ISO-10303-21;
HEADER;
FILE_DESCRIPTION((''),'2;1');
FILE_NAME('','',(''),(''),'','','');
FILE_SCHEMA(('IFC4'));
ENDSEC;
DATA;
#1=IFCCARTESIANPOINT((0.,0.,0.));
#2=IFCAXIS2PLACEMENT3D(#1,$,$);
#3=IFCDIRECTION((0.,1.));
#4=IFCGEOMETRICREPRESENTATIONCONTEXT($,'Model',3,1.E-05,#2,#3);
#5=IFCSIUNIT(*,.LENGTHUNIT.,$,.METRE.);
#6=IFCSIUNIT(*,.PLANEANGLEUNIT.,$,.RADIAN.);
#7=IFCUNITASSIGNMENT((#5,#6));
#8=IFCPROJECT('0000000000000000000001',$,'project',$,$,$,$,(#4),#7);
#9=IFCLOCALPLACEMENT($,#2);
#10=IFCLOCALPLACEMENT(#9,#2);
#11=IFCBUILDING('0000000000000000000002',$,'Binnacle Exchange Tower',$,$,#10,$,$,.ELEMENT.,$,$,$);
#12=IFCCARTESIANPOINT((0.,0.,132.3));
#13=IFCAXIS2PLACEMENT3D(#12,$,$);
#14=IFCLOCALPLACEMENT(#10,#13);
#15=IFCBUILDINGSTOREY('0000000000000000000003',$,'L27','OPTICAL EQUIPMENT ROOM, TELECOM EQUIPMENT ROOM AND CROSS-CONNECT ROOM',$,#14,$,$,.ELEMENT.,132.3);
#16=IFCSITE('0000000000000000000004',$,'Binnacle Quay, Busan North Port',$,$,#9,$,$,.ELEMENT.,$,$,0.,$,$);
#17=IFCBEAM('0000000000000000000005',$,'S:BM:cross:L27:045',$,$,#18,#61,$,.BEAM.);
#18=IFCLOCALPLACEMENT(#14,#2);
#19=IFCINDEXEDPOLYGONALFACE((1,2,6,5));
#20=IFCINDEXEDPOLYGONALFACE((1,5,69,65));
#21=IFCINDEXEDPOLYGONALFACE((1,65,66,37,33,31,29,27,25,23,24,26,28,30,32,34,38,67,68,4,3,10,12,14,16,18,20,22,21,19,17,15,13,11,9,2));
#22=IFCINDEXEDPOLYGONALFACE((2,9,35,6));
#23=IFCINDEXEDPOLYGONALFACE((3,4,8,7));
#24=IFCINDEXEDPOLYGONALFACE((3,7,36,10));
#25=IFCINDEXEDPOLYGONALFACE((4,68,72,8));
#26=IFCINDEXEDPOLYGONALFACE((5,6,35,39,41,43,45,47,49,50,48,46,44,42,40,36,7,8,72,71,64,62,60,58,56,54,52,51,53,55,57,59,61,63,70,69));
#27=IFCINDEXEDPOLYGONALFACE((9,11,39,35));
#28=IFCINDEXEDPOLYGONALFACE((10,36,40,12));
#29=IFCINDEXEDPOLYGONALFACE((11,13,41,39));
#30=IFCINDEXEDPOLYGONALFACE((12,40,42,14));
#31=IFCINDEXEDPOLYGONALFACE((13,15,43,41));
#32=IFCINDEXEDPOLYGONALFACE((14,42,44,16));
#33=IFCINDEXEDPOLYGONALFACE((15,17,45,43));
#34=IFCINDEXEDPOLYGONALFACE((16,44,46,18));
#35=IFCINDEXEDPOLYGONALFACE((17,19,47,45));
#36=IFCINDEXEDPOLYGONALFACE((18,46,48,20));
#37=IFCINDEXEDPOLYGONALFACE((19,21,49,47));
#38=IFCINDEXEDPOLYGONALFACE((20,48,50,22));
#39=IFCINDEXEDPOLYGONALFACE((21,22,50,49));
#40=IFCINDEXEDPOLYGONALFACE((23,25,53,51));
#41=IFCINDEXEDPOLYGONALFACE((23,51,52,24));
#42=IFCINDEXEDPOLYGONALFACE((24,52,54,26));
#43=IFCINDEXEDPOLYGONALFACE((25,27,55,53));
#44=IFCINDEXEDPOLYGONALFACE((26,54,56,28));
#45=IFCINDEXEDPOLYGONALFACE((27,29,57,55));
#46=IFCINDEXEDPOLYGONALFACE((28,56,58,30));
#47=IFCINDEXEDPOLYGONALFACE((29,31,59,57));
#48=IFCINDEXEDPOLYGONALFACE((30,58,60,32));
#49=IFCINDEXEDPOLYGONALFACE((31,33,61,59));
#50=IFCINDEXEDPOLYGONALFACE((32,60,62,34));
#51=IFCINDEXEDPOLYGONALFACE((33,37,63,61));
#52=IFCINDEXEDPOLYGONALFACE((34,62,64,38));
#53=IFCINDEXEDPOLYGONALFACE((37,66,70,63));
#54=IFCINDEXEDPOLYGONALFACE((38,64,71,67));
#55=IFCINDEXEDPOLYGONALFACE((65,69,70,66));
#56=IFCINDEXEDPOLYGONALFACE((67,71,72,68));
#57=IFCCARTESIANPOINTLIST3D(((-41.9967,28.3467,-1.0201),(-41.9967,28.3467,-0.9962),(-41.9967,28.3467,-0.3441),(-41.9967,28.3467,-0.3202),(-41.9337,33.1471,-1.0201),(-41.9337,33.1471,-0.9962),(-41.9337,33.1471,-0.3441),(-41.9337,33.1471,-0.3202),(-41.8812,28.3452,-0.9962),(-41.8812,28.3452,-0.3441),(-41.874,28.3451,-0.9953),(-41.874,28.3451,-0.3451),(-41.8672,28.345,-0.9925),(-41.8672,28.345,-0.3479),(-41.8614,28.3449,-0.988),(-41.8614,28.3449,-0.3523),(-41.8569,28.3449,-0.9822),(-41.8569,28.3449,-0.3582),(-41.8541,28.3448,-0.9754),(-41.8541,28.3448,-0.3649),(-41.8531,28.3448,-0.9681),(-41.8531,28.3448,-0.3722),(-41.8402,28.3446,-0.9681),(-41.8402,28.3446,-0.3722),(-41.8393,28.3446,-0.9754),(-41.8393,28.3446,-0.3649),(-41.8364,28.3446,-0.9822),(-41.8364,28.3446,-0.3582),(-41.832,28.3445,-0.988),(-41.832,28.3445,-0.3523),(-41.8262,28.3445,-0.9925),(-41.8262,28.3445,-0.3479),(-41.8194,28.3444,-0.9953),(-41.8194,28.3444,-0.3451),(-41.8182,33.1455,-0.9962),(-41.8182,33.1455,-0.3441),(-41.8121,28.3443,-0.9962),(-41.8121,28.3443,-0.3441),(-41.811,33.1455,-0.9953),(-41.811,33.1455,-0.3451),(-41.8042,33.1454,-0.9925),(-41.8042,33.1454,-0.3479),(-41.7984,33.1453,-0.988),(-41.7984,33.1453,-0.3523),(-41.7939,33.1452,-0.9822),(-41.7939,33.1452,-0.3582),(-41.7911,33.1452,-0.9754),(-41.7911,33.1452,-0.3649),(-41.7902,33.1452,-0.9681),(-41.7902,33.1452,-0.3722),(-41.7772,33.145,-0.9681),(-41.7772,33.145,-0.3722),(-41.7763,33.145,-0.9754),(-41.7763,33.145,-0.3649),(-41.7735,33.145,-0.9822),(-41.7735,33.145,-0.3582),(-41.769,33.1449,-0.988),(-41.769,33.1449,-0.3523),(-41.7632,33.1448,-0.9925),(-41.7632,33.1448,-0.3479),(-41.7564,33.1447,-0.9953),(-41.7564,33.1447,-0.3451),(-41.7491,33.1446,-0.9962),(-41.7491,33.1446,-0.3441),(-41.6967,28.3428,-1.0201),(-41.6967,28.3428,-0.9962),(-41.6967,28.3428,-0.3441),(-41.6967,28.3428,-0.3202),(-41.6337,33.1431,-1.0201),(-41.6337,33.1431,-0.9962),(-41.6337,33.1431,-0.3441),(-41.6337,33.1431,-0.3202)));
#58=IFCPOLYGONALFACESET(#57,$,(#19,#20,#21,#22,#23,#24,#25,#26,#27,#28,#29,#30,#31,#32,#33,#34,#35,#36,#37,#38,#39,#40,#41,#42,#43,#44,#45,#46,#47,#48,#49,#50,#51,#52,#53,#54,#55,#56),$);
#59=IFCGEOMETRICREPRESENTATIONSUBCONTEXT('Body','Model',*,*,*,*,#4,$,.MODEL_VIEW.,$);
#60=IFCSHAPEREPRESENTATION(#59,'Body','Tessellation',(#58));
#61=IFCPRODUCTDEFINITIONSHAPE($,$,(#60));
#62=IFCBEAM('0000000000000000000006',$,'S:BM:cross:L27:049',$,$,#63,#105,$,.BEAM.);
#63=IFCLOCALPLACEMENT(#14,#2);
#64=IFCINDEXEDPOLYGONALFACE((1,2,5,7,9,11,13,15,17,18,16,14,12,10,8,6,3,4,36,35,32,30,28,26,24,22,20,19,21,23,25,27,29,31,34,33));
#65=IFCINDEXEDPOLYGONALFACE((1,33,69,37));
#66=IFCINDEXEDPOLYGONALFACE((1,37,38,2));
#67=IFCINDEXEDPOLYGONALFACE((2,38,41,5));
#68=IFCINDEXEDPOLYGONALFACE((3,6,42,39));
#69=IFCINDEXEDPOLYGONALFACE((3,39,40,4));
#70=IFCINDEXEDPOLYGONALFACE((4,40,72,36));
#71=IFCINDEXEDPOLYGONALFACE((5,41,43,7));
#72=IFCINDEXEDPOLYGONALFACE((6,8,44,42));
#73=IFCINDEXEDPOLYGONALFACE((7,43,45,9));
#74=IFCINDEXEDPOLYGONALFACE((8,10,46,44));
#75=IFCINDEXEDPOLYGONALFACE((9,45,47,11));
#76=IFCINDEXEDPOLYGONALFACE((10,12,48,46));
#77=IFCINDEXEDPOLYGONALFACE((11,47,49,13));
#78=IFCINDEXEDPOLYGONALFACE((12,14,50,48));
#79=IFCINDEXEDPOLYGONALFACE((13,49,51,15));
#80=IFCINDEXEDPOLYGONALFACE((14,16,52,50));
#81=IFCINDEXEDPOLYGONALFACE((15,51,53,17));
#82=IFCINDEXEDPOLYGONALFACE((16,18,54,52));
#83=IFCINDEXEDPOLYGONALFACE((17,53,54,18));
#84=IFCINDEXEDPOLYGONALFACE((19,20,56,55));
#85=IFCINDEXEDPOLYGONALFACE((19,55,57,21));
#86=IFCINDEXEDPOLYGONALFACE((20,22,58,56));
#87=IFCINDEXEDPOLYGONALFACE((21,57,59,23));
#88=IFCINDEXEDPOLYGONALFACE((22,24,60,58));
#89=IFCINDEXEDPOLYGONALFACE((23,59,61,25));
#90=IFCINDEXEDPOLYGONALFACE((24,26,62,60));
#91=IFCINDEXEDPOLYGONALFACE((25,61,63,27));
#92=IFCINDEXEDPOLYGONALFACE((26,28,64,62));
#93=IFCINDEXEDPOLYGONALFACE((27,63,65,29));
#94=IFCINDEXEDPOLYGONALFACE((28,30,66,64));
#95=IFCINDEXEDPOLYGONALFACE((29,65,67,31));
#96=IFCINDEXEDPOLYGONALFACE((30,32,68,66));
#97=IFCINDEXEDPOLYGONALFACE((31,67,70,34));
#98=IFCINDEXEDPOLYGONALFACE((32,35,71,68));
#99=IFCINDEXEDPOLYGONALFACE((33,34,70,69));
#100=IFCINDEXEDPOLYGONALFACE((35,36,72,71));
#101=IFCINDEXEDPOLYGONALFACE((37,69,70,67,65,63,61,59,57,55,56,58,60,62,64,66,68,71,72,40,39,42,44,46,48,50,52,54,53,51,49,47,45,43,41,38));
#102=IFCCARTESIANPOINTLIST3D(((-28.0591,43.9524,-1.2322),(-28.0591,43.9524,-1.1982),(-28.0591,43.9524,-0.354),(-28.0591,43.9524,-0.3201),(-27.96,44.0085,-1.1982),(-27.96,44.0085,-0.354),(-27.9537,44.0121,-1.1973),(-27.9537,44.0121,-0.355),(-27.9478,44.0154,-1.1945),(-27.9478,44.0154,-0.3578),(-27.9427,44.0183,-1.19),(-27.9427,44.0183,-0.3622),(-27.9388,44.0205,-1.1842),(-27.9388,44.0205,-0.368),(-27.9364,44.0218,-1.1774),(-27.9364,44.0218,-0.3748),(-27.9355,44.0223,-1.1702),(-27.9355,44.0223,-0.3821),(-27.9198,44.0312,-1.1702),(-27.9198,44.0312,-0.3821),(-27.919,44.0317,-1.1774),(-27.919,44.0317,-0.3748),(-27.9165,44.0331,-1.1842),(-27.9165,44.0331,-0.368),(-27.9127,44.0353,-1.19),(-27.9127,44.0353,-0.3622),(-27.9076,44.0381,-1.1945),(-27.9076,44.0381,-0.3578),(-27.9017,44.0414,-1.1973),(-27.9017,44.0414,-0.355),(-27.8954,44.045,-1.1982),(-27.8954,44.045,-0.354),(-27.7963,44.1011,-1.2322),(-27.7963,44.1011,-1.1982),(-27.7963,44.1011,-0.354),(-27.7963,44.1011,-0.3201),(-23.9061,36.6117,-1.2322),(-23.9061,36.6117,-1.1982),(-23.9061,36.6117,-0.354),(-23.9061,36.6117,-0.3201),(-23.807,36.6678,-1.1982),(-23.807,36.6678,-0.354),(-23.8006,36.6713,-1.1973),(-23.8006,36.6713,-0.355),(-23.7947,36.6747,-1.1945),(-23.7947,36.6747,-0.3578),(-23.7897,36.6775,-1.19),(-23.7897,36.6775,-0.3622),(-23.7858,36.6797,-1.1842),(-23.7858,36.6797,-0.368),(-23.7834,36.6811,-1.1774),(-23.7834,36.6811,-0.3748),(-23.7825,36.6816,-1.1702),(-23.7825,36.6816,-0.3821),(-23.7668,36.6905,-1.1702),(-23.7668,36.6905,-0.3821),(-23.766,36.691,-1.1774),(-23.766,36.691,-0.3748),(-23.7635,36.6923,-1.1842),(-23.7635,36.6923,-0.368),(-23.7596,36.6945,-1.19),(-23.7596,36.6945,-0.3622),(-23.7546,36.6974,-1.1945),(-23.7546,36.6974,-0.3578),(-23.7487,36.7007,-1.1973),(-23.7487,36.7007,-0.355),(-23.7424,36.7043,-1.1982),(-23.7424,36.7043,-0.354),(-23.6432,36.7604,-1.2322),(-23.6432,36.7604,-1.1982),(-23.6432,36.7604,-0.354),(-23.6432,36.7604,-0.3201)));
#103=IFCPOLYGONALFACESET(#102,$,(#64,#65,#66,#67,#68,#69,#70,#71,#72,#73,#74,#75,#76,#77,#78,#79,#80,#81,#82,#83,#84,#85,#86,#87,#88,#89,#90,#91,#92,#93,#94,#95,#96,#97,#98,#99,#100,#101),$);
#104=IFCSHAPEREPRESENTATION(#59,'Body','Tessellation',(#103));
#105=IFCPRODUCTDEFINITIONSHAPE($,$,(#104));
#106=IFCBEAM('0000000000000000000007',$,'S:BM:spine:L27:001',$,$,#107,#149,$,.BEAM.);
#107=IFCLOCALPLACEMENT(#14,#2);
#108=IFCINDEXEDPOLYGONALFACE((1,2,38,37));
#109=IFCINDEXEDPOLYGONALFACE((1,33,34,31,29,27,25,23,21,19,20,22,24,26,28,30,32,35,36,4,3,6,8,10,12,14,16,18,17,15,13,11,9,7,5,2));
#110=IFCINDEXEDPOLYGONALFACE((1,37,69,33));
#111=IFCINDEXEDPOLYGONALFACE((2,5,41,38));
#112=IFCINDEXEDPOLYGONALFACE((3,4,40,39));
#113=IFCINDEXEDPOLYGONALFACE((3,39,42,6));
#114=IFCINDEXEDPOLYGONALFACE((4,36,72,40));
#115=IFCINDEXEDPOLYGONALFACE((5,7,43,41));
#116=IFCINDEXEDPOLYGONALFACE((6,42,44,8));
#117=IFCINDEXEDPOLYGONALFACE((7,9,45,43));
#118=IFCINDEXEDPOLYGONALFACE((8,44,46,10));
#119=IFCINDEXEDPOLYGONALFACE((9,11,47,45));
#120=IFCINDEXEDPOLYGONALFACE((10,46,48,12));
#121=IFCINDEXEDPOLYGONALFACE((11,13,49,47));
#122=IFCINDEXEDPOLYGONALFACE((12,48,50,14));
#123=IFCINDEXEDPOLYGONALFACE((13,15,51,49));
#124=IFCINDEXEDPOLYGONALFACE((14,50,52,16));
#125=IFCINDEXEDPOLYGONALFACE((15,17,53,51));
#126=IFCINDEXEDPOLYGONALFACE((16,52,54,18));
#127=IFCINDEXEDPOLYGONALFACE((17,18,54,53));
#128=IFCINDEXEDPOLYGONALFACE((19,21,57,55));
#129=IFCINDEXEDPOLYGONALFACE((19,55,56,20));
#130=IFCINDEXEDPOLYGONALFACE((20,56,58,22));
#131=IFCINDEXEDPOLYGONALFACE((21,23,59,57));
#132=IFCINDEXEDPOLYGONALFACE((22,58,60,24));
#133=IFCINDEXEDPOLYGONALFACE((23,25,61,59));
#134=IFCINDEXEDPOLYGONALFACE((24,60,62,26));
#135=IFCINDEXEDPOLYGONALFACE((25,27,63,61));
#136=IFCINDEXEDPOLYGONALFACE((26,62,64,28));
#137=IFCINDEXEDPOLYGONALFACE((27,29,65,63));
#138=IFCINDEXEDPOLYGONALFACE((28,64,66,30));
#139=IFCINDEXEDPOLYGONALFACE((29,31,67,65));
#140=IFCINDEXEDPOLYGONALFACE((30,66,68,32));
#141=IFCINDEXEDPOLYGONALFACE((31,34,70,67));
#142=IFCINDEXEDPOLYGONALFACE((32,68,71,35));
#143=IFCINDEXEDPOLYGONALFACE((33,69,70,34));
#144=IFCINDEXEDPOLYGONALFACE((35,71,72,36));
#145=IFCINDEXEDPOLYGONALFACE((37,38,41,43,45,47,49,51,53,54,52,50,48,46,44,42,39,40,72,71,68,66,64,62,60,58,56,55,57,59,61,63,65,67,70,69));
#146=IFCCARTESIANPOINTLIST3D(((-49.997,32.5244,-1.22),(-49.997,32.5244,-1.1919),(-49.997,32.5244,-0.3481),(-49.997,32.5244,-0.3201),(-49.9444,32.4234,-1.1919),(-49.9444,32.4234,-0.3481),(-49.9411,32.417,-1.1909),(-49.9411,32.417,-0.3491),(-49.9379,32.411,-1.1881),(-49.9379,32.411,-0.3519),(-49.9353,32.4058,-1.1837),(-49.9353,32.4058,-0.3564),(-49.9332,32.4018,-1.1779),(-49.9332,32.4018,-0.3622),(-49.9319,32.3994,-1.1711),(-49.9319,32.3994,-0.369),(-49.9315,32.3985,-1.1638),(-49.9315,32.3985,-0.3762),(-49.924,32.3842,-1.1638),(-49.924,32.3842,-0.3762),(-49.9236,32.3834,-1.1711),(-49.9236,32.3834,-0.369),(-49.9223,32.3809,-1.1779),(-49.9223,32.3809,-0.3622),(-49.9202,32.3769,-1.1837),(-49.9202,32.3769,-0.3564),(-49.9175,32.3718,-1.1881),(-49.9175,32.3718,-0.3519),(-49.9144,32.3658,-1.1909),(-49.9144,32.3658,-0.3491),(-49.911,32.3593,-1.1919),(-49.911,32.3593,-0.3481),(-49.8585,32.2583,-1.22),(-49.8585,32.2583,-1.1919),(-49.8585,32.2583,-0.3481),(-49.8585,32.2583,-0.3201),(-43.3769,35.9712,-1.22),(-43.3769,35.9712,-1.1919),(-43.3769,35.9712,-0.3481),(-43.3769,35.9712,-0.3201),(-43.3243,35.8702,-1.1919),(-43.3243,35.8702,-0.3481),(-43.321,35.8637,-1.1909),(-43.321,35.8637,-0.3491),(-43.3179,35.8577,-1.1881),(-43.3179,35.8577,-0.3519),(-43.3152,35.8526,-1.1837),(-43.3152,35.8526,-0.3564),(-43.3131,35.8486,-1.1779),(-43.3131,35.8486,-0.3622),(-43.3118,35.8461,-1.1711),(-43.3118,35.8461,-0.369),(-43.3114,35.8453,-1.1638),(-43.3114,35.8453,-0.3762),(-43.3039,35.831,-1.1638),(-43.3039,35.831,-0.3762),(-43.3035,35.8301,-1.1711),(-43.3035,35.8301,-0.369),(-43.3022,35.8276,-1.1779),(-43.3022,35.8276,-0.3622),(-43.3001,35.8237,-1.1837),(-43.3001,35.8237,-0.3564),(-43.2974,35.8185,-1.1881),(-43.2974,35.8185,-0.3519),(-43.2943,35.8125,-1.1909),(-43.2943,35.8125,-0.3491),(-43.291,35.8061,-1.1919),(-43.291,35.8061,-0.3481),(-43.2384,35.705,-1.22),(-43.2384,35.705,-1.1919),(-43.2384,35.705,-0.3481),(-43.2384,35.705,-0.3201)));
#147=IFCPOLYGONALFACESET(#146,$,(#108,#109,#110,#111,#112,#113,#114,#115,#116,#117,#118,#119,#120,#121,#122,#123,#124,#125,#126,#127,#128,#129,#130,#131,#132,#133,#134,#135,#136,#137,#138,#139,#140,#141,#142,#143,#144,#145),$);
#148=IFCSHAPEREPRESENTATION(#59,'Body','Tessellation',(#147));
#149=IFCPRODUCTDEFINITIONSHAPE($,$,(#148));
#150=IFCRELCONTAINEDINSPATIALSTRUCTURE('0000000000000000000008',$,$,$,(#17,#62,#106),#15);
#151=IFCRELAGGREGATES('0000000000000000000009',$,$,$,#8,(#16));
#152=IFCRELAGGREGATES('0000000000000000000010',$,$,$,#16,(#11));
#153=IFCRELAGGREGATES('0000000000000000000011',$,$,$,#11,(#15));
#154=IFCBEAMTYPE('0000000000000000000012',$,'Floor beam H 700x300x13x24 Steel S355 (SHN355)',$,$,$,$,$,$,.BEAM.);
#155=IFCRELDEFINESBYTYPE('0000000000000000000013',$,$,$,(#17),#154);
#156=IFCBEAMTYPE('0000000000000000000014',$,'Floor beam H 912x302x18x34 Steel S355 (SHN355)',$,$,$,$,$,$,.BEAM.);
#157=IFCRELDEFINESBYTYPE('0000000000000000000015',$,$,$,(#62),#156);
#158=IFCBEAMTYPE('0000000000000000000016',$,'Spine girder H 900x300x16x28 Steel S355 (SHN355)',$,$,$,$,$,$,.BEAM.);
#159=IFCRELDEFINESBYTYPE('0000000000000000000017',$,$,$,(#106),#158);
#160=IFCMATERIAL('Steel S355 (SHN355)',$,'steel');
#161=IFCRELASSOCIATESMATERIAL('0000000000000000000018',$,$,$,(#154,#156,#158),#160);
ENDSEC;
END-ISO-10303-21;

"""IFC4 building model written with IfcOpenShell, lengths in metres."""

from ifc_helpers import new_model, si_unit, direction, frame, origin, origin_2d, place, context, subcontext, project, spatial, i_section, extrude, material, material_profile, profile_set, type_object, element, save


model = new_model("IFC4")

# Units and contexts
model_context = context("Model", 3, precision=1e-05, world=origin(), true_north=direction((0.0, 1.0)))
body_context = subcontext(model_context, "Body", "Model", "MODEL_VIEW")
ifc_project = project(units=[si_unit("LENGTHUNIT", "METRE"), si_unit("PLANEANGLEUNIT", "RADIAN")], contexts=[model_context])

# Site, building, storey
site_placement = place(None, origin())
site = spatial("IfcSite", under=ifc_project, at=site_placement, Name="Binnacle Quay, Busan North Port", CompositionType="ELEMENT", RefElevation=0.0)
building_placement = place(site_placement, origin())
building = spatial("IfcBuilding", under=site, at=building_placement, Name="Binnacle Exchange Tower", CompositionType="ELEMENT")
storey_placement = place(building_placement, frame((0.0, 0.0, 132.3)))
storey = spatial("IfcBuildingStorey", under=building, at=storey_placement, Name="L27", Description="OPTICAL EQUIPMENT ROOM, TELECOM EQUIPMENT ROOM AND CROSS-CONNECT ROOM", CompositionType="ELEMENT", Elevation=132.3)

# Beams
ifc_material_1 = material(Name="Steel S355 (SHN355)", Category="steel")
ifc_material_profile_1 = material_profile(ifc_material_1, i_section(OverallWidth=0.3, OverallDepth=0.7, WebThickness=0.0129, FlangeThickness=0.0239, FilletRadius=0.0281, at=origin_2d()), Name="H 700x300x13x24")
ifc_profile_set_1 = profile_set([ifc_material_profile_1], Name="Steel S355 (SHN355)")
beam_type_1 = type_object("IfcBeamType", Name="Floor beam H 700x300x13x24 Steel S355 (SHN355)", PredefinedType="BEAM", material=ifc_profile_set_1)
beam_1_placement = place(storey_placement, frame((-41.8467, 28.3447, -0.6702), z_axis=(0.013121, 0.999914, 0.0), x_axis=(-0.999914, 0.013121, 0.0)))
element("IfcBeam", 1, at=beam_1_placement, inside=storey, type_object=beam_type_1, Name="S:BM:cross:L27:045", PredefinedType="BEAM", context=body_context, shape_type="SweptSolid", body=[
    extrude(i_section(OverallWidth=0.3, OverallDepth=0.7, WebThickness=0.0129, FlangeThickness=0.0239, FilletRadius=0.0281, at=origin_2d()), origin(), (0.0, 0.0, 1.0), 4.8008),
])
ifc_material_profile_2 = material_profile(ifc_material_1, i_section(OverallWidth=0.302, OverallDepth=0.9121, WebThickness=0.0181, FlangeThickness=0.0339, FilletRadius=0.0281, at=origin_2d()), Name="H 912x302x18x34")
ifc_profile_set_2 = profile_set([ifc_material_profile_2], Name="Steel S355 (SHN355)")
beam_type_2 = type_object("IfcBeamType", Name="Floor beam H 912x302x18x34 Steel S355 (SHN355)", PredefinedType="BEAM", material=ifc_profile_set_2)
beam_2_placement = place(storey_placement, frame((-23.7747, 36.686, -0.7761), z_axis=(-0.492409, 0.870364, 0.0), x_axis=(-0.870364, -0.492409, 0.0)))
element("IfcBeam", 2, at=beam_2_placement, inside=storey, type_object=beam_type_2, Name="S:BM:cross:L27:049", PredefinedType="BEAM", context=body_context, shape_type="SweptSolid", body=[
    extrude(i_section(OverallWidth=0.302, OverallDepth=0.9121, WebThickness=0.0181, FlangeThickness=0.0339, FilletRadius=0.0281, at=origin_2d()), origin(), (0.0, 0.0, 1.0), 8.4341),
])
ifc_material_profile_3 = material_profile(ifc_material_1, i_section(OverallWidth=0.3, OverallDepth=0.8999, WebThickness=0.0161, FlangeThickness=0.0281, FilletRadius=0.0281, at=origin_2d()), Name="H 900x300x16x28")
ifc_profile_set_3 = profile_set([ifc_material_profile_3], Name="Steel S355 (SHN355)")
beam_type_3 = type_object("IfcBeamType", Name="Spine girder H 900x300x16x28 Steel S355 (SHN355)", PredefinedType="BEAM", material=ifc_profile_set_3)
beam_3_placement = place(storey_placement, frame((-49.9277, 32.3914, -0.77), z_axis=(0.88698, 0.461808, 0.0), x_axis=(-0.461808, 0.88698, 0.0)))
element("IfcBeam", 3, at=beam_3_placement, inside=storey, type_object=beam_type_3, Name="S:BM:spine:L27:001", PredefinedType="BEAM", context=body_context, shape_type="SweptSolid", body=[
    extrude(i_section(OverallWidth=0.3, OverallDepth=0.8999, WebThickness=0.0161, FlangeThickness=0.0281, FilletRadius=0.0281, at=origin_2d()), origin(), (0.0, 0.0, 1.0), 7.4636),
])

save(model, "model.ifc")
